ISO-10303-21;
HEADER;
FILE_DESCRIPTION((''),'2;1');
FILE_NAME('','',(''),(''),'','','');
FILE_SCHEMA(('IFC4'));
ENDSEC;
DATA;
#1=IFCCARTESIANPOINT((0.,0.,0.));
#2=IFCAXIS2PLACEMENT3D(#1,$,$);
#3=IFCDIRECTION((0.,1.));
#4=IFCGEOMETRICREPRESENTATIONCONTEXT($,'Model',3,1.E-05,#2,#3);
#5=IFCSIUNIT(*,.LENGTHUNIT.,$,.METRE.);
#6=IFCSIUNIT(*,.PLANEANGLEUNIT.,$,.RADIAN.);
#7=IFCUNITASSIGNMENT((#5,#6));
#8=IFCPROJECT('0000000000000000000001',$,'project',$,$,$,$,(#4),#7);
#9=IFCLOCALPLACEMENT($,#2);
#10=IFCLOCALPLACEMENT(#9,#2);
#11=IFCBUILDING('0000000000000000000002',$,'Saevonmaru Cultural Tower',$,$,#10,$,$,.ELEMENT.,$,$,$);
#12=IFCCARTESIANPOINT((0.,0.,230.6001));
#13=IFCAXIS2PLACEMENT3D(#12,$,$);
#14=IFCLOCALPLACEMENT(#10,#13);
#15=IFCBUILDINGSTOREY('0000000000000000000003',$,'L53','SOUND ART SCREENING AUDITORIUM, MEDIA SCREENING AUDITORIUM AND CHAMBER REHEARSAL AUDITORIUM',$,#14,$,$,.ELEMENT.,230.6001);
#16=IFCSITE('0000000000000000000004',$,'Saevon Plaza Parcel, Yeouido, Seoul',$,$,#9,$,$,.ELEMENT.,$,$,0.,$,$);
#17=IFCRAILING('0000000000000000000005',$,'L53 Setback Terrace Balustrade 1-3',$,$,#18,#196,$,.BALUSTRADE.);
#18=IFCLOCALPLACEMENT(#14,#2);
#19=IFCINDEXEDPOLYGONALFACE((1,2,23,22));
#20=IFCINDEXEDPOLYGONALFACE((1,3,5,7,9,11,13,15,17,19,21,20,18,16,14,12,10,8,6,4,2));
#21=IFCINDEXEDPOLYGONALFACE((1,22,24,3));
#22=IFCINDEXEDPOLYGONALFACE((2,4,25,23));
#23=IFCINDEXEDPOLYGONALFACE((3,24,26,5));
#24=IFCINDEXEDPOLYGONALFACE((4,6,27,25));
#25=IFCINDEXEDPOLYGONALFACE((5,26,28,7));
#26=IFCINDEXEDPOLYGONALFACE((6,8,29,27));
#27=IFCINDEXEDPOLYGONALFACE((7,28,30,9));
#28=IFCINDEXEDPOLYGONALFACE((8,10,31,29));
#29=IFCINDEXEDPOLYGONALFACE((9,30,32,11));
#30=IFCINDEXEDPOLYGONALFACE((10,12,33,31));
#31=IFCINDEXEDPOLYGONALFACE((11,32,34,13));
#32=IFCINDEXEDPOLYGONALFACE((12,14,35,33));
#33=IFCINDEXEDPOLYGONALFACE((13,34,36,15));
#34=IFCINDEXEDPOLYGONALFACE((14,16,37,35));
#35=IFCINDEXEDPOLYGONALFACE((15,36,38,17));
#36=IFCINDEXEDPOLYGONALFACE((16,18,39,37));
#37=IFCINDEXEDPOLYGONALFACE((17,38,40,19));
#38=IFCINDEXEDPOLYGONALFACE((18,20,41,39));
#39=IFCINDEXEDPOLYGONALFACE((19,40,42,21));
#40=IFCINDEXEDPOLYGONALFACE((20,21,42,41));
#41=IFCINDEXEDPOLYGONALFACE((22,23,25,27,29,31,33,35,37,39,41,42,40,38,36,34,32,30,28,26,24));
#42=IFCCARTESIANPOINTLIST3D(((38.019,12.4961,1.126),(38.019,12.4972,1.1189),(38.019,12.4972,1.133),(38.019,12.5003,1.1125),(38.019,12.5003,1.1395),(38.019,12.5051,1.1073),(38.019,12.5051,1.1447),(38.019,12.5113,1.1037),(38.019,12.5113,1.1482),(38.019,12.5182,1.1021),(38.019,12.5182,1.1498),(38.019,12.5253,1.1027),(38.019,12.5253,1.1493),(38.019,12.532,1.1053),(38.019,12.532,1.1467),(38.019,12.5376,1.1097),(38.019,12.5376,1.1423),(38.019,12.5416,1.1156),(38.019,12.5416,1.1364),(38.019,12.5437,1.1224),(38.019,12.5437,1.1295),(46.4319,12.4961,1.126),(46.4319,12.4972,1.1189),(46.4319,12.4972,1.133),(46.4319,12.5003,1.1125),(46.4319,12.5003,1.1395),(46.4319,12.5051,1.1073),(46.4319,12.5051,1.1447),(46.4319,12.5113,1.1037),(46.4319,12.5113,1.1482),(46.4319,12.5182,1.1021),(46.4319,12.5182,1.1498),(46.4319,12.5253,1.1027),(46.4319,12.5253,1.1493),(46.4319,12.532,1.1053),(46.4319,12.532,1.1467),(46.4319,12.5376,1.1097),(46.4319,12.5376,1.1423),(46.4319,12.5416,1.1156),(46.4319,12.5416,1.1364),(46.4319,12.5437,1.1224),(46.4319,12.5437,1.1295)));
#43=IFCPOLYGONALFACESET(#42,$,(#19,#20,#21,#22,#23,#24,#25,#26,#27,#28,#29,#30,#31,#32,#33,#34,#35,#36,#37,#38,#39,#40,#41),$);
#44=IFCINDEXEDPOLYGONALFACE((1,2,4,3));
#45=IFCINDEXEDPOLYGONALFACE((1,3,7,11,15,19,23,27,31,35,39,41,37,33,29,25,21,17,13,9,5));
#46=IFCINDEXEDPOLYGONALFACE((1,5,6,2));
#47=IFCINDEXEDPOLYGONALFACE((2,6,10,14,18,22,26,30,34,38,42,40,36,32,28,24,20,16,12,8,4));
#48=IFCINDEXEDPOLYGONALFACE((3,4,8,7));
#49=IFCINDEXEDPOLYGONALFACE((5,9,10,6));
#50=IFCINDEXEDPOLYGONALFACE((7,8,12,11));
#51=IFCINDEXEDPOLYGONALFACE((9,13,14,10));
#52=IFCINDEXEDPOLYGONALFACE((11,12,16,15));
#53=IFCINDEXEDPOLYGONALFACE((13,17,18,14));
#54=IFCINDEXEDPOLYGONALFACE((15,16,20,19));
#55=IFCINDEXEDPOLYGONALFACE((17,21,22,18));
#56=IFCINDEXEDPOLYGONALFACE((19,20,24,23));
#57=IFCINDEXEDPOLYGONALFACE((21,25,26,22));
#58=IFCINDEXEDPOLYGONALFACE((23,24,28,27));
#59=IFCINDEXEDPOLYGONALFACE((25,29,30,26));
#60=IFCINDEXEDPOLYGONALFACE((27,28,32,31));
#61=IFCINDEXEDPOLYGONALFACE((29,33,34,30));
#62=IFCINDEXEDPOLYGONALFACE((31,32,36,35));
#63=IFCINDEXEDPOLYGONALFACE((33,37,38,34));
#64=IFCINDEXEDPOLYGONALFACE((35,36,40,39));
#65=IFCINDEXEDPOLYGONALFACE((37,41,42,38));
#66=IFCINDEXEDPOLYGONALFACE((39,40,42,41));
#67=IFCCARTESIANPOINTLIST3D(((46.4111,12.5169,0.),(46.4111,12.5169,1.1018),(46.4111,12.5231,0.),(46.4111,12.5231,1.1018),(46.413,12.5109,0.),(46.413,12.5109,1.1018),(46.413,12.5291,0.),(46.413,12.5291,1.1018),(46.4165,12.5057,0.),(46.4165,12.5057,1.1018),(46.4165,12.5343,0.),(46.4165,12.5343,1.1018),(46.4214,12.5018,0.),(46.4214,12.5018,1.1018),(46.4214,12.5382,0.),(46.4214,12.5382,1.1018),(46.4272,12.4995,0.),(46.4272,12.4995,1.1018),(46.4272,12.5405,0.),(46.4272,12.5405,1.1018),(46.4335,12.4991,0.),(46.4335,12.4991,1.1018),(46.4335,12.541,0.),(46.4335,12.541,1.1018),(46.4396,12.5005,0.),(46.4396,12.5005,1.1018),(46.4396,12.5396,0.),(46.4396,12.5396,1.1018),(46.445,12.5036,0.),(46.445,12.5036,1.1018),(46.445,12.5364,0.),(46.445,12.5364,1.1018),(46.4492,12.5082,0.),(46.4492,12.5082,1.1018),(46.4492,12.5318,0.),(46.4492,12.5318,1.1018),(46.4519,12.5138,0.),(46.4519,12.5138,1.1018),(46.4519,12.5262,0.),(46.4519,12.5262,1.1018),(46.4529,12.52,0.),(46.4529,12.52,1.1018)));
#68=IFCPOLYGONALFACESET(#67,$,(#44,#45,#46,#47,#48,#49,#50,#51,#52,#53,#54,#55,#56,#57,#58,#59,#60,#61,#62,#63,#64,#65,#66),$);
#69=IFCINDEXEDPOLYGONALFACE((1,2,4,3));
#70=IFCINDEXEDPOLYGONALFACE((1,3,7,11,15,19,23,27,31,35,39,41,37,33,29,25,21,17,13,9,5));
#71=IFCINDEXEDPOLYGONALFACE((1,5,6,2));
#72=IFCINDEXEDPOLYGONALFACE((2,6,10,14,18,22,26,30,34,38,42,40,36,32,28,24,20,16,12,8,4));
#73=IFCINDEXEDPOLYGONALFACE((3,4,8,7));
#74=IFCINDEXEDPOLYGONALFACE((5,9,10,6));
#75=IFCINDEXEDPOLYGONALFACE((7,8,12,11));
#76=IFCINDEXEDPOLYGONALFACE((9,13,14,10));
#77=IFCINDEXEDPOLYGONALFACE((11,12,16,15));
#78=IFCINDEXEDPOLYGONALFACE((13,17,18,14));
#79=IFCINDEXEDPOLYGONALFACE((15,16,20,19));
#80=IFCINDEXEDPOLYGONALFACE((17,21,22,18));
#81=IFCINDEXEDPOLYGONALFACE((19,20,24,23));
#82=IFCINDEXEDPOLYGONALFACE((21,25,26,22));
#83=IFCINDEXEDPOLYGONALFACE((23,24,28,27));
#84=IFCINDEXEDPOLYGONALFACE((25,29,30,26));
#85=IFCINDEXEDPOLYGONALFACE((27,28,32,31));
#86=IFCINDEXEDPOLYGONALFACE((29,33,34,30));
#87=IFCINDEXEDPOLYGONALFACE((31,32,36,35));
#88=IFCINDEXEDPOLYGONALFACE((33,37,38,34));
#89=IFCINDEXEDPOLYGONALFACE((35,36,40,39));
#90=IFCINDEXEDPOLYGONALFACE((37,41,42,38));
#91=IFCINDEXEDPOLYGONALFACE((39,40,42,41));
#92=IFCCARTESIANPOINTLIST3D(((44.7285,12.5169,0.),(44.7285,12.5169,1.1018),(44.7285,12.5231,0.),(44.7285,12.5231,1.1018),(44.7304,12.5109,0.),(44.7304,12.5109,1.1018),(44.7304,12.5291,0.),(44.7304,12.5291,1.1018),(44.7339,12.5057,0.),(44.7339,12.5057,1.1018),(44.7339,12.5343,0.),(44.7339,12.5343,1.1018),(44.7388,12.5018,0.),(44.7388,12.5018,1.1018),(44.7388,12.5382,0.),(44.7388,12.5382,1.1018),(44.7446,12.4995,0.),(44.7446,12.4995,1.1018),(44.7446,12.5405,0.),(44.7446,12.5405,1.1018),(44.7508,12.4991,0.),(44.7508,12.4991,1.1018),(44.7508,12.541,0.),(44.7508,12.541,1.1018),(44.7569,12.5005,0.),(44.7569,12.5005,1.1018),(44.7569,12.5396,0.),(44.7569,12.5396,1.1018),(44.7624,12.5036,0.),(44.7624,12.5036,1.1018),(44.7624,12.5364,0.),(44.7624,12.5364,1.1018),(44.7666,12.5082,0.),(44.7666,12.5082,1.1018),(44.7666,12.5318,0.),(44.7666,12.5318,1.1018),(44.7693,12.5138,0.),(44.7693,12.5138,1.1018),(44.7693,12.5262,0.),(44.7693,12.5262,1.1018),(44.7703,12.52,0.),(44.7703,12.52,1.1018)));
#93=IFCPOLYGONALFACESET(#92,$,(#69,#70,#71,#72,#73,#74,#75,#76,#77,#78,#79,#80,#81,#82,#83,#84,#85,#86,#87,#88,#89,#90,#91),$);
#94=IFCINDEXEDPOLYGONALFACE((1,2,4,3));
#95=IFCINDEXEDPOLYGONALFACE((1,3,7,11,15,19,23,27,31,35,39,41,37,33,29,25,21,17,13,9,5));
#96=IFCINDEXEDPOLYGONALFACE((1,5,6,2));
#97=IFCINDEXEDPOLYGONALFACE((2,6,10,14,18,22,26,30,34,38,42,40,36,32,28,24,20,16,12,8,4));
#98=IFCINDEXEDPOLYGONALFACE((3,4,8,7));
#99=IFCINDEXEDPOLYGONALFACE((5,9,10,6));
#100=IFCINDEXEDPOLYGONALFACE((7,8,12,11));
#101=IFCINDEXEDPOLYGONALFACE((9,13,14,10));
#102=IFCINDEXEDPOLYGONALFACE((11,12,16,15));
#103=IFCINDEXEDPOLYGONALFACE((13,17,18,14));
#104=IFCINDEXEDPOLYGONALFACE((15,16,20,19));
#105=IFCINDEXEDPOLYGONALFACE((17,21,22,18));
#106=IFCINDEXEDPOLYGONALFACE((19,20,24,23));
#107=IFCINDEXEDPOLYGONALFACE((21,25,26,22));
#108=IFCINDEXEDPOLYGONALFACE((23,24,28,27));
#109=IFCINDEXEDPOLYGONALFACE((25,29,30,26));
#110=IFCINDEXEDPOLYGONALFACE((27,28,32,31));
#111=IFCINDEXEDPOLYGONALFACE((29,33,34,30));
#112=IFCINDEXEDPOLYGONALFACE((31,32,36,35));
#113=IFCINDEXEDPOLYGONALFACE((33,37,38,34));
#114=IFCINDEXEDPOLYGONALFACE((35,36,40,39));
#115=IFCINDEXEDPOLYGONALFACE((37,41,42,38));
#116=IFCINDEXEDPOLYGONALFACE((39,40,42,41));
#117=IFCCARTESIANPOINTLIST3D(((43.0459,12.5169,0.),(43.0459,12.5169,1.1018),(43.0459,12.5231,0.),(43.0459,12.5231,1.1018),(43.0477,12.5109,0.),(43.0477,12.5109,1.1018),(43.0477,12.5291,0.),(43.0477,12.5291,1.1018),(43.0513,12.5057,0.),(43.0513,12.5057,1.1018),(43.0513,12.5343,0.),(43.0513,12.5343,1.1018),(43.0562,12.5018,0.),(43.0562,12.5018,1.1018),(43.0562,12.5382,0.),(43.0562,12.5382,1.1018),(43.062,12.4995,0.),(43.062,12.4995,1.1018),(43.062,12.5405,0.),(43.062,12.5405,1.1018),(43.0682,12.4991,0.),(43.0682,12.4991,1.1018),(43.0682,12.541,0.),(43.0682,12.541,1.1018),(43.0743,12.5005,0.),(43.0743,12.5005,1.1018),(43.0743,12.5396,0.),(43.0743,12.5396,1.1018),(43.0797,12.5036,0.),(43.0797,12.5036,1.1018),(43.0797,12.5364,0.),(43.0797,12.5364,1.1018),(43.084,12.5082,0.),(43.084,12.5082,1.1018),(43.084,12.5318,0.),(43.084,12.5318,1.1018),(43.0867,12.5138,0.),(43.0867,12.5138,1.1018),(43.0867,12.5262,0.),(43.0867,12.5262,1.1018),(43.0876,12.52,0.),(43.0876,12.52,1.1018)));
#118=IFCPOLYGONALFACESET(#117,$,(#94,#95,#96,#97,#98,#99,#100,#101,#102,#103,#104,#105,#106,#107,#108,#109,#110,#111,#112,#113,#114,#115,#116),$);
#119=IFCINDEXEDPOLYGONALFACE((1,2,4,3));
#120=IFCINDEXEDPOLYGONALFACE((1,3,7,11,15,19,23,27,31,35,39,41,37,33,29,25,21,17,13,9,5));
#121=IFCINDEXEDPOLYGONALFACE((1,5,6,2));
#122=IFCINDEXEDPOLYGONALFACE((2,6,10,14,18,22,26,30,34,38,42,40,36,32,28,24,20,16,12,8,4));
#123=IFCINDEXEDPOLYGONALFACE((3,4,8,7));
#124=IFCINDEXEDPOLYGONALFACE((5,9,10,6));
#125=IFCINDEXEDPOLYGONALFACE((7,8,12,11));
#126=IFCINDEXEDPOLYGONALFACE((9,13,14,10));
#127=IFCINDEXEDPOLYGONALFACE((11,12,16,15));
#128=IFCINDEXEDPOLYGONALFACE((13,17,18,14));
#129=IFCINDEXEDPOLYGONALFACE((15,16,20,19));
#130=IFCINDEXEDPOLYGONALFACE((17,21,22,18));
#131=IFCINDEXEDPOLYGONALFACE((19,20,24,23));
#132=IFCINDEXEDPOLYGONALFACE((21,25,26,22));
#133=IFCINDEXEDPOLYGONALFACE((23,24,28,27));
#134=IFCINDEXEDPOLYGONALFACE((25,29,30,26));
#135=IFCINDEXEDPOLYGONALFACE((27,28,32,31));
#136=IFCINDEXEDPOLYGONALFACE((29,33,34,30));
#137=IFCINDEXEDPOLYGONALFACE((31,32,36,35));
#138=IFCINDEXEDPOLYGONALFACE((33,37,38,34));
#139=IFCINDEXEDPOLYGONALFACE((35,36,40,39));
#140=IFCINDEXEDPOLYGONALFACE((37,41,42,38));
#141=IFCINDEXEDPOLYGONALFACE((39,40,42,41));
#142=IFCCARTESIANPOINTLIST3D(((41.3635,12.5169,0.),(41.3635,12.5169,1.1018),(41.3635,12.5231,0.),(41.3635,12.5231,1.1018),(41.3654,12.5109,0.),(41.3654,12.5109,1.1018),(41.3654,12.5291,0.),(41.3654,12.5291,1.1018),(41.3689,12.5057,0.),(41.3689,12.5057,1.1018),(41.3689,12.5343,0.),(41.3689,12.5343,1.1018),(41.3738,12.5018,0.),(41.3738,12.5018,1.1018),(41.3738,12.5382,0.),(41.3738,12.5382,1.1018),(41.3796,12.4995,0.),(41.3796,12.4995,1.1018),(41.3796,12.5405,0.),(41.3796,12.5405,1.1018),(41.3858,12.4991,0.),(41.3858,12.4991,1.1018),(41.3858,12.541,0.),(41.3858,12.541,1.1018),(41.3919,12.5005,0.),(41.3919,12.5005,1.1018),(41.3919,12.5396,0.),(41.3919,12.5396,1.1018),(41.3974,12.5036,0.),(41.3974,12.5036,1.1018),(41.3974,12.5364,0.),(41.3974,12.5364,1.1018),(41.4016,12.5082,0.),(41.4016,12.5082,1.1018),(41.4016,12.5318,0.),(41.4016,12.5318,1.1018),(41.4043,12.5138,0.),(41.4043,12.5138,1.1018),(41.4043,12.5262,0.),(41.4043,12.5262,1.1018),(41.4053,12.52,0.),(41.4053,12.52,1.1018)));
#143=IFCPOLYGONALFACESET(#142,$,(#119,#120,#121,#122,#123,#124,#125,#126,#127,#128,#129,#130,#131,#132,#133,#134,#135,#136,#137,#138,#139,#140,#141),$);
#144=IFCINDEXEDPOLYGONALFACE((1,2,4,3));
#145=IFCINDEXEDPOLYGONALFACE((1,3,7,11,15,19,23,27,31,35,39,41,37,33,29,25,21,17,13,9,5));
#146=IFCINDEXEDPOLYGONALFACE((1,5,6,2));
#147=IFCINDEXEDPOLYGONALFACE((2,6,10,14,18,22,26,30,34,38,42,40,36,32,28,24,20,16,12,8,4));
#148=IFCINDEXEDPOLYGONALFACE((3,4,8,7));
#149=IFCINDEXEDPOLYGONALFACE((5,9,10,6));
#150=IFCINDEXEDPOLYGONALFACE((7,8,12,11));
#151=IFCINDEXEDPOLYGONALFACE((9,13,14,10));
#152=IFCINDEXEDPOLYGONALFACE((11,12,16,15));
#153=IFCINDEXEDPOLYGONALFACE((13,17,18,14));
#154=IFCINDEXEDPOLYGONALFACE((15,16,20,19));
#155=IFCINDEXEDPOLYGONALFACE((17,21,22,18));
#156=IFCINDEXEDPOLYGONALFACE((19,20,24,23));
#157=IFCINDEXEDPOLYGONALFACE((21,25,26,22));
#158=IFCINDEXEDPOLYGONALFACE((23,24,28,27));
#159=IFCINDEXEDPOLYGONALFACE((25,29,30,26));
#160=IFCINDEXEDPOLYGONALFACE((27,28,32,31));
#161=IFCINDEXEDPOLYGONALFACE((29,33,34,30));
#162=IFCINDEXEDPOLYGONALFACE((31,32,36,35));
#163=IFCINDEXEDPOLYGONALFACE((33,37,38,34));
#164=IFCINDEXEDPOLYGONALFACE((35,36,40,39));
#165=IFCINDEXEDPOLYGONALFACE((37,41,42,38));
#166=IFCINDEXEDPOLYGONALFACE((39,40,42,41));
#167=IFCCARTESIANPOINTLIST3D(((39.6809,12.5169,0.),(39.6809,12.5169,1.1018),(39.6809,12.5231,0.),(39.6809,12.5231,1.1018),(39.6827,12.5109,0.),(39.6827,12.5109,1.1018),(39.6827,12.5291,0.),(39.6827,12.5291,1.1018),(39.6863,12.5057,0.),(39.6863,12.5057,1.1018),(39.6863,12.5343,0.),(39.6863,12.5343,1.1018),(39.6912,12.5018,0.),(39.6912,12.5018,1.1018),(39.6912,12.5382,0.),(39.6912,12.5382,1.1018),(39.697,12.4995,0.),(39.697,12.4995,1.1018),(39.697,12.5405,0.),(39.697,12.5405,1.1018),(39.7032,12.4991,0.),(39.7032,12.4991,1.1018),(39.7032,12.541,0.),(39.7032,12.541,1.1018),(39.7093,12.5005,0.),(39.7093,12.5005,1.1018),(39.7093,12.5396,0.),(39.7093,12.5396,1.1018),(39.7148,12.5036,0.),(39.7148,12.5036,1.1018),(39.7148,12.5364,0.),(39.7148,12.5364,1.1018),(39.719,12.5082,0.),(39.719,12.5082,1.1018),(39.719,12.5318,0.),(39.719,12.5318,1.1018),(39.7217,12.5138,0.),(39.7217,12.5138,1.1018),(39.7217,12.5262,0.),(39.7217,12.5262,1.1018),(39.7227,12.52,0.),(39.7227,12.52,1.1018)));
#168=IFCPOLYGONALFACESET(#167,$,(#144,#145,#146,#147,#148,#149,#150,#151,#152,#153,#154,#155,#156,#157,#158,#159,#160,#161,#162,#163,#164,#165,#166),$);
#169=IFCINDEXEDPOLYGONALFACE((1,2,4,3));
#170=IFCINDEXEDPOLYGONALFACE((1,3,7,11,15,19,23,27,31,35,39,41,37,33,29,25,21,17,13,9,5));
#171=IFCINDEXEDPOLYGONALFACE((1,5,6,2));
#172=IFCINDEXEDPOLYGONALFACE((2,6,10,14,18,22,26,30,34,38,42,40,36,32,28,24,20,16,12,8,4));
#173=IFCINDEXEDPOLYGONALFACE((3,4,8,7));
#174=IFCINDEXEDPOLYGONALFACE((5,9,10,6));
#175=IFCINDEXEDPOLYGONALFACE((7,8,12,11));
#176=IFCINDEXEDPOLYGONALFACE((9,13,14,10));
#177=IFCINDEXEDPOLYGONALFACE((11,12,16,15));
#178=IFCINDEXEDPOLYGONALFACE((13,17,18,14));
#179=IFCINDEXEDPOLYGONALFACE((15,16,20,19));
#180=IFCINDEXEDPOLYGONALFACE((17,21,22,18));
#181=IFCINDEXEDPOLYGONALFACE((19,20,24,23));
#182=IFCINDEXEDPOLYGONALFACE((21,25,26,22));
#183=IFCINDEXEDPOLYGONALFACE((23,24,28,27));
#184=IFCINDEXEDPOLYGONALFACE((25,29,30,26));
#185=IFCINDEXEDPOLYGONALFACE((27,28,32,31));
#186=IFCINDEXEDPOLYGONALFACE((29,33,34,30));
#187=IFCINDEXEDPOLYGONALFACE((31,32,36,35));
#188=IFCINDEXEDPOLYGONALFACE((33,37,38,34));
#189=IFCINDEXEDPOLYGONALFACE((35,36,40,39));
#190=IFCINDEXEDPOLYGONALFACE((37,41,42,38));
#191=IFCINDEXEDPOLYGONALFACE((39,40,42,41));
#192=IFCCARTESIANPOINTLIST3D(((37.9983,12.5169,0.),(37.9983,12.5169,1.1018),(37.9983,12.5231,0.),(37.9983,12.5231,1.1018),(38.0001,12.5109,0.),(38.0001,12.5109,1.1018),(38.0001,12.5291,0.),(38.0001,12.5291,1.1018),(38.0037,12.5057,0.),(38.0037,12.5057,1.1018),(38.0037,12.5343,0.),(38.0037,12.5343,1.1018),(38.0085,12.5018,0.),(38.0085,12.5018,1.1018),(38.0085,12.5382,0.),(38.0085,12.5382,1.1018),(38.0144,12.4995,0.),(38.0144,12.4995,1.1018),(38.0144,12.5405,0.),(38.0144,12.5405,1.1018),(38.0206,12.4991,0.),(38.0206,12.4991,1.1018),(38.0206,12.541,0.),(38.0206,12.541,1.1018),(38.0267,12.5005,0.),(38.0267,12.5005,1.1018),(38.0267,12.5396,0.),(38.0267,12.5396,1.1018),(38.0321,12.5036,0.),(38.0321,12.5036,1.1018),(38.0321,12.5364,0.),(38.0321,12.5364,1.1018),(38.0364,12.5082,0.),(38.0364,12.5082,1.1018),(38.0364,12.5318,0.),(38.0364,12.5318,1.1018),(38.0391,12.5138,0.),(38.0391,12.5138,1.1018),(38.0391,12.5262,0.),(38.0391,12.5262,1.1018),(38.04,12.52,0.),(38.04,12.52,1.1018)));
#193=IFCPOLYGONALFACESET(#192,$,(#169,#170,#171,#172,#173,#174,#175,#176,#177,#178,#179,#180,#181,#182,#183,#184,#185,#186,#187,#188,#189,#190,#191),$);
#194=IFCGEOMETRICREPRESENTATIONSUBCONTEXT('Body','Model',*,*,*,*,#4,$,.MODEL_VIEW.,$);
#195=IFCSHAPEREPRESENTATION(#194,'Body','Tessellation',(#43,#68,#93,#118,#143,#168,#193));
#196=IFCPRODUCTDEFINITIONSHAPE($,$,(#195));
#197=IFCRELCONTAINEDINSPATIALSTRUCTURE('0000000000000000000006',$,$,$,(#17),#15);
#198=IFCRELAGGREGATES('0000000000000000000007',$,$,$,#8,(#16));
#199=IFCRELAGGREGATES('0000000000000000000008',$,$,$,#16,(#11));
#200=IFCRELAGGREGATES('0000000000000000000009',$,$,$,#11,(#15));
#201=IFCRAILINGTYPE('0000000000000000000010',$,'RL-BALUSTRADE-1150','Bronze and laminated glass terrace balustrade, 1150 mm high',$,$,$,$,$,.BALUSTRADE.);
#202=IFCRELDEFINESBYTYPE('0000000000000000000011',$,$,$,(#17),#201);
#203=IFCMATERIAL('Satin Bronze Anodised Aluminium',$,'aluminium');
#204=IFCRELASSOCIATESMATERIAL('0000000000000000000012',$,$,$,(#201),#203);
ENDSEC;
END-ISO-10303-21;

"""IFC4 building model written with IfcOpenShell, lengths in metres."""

from ifc_helpers import new_model, si_unit, direction, frame, origin, origin_2d, place, context, subcontext, project, spatial, circle, extrude, material, type_object, element, save


model = new_model("IFC4")

# Units and contexts
model_context = context("Model", 3, precision=1e-05, world=origin(), true_north=direction((0.0, 1.0)))
body_context = subcontext(model_context, "Body", "Model", "MODEL_VIEW")
ifc_project = project(units=[si_unit("LENGTHUNIT", "METRE"), si_unit("PLANEANGLEUNIT", "RADIAN")], contexts=[model_context])

# Site, building, storey
site_placement = place(None, origin())
site = spatial("IfcSite", under=ifc_project, at=site_placement, Name="Saevon Plaza Parcel, Yeouido, Seoul", CompositionType="ELEMENT", RefElevation=0.0)
building_placement = place(site_placement, origin())
building = spatial("IfcBuilding", under=site, at=building_placement, Name="Saevonmaru Cultural Tower", CompositionType="ELEMENT")
storey_placement = place(building_placement, frame((0.0, 0.0, 230.6001)))
storey = spatial("IfcBuildingStorey", under=building, at=storey_placement, Name="L53", Description="SOUND ART SCREENING AUDITORIUM, MEDIA SCREENING AUDITORIUM AND CHAMBER REHEARSAL AUDITORIUM", CompositionType="ELEMENT", Elevation=230.6001)

# Shared definitions
ifc_material_1 = material(Name="Satin Bronze Anodised Aluminium", Category="aluminium")

# Railing
railing_type = type_object("IfcRailingType", Name="RL-BALUSTRADE-1150", Description="Bronze and laminated glass terrace balustrade, 1150 mm high", PredefinedType="BALUSTRADE", material=ifc_material_1)
railing_1_placement = place(storey_placement, frame((46.4319, 12.52, 0.0)))
element("IfcRailing", 1, at=railing_1_placement, inside=storey, type_object=railing_type, Name="L53 Setback Terrace Balustrade 1-3", PredefinedType="BALUSTRADE", context=body_context, shape_type="SweptSolid", body=[
    extrude(circle(Radius=0.0239, at=origin_2d()), frame((0.0, 0.0, 1.126), z_axis=(-1.0, 0.0, 0.0), x_axis=(0.0, -1.0, 0.0)), (0.0, 0.0, 1.0), 8.4128),
    extrude(circle(Radius=0.021, at=origin_2d()), origin(), (0.0, 0.0, 1.0), 1.1018),
    extrude(circle(Radius=0.021, at=origin_2d()), frame((-1.6826, 0.0, 0.0)), (0.0, 0.0, 1.0), 1.1018),
    extrude(circle(Radius=0.021, at=origin_2d()), frame((-3.3652, 0.0, 0.0)), (0.0, 0.0, 1.0), 1.1018),
    extrude(circle(Radius=0.021, at=origin_2d()), frame((-5.0476, 0.0, 0.0)), (0.0, 0.0, 1.0), 1.1018),
    extrude(circle(Radius=0.021, at=origin_2d()), frame((-6.7302, 0.0, 0.0)), (0.0, 0.0, 1.0), 1.1018),
    extrude(circle(Radius=0.021, at=origin_2d()), frame((-8.4128, 0.0, 0.0)), (0.0, 0.0, 1.0), 1.1018),
])

save(model, "model.ifc")
